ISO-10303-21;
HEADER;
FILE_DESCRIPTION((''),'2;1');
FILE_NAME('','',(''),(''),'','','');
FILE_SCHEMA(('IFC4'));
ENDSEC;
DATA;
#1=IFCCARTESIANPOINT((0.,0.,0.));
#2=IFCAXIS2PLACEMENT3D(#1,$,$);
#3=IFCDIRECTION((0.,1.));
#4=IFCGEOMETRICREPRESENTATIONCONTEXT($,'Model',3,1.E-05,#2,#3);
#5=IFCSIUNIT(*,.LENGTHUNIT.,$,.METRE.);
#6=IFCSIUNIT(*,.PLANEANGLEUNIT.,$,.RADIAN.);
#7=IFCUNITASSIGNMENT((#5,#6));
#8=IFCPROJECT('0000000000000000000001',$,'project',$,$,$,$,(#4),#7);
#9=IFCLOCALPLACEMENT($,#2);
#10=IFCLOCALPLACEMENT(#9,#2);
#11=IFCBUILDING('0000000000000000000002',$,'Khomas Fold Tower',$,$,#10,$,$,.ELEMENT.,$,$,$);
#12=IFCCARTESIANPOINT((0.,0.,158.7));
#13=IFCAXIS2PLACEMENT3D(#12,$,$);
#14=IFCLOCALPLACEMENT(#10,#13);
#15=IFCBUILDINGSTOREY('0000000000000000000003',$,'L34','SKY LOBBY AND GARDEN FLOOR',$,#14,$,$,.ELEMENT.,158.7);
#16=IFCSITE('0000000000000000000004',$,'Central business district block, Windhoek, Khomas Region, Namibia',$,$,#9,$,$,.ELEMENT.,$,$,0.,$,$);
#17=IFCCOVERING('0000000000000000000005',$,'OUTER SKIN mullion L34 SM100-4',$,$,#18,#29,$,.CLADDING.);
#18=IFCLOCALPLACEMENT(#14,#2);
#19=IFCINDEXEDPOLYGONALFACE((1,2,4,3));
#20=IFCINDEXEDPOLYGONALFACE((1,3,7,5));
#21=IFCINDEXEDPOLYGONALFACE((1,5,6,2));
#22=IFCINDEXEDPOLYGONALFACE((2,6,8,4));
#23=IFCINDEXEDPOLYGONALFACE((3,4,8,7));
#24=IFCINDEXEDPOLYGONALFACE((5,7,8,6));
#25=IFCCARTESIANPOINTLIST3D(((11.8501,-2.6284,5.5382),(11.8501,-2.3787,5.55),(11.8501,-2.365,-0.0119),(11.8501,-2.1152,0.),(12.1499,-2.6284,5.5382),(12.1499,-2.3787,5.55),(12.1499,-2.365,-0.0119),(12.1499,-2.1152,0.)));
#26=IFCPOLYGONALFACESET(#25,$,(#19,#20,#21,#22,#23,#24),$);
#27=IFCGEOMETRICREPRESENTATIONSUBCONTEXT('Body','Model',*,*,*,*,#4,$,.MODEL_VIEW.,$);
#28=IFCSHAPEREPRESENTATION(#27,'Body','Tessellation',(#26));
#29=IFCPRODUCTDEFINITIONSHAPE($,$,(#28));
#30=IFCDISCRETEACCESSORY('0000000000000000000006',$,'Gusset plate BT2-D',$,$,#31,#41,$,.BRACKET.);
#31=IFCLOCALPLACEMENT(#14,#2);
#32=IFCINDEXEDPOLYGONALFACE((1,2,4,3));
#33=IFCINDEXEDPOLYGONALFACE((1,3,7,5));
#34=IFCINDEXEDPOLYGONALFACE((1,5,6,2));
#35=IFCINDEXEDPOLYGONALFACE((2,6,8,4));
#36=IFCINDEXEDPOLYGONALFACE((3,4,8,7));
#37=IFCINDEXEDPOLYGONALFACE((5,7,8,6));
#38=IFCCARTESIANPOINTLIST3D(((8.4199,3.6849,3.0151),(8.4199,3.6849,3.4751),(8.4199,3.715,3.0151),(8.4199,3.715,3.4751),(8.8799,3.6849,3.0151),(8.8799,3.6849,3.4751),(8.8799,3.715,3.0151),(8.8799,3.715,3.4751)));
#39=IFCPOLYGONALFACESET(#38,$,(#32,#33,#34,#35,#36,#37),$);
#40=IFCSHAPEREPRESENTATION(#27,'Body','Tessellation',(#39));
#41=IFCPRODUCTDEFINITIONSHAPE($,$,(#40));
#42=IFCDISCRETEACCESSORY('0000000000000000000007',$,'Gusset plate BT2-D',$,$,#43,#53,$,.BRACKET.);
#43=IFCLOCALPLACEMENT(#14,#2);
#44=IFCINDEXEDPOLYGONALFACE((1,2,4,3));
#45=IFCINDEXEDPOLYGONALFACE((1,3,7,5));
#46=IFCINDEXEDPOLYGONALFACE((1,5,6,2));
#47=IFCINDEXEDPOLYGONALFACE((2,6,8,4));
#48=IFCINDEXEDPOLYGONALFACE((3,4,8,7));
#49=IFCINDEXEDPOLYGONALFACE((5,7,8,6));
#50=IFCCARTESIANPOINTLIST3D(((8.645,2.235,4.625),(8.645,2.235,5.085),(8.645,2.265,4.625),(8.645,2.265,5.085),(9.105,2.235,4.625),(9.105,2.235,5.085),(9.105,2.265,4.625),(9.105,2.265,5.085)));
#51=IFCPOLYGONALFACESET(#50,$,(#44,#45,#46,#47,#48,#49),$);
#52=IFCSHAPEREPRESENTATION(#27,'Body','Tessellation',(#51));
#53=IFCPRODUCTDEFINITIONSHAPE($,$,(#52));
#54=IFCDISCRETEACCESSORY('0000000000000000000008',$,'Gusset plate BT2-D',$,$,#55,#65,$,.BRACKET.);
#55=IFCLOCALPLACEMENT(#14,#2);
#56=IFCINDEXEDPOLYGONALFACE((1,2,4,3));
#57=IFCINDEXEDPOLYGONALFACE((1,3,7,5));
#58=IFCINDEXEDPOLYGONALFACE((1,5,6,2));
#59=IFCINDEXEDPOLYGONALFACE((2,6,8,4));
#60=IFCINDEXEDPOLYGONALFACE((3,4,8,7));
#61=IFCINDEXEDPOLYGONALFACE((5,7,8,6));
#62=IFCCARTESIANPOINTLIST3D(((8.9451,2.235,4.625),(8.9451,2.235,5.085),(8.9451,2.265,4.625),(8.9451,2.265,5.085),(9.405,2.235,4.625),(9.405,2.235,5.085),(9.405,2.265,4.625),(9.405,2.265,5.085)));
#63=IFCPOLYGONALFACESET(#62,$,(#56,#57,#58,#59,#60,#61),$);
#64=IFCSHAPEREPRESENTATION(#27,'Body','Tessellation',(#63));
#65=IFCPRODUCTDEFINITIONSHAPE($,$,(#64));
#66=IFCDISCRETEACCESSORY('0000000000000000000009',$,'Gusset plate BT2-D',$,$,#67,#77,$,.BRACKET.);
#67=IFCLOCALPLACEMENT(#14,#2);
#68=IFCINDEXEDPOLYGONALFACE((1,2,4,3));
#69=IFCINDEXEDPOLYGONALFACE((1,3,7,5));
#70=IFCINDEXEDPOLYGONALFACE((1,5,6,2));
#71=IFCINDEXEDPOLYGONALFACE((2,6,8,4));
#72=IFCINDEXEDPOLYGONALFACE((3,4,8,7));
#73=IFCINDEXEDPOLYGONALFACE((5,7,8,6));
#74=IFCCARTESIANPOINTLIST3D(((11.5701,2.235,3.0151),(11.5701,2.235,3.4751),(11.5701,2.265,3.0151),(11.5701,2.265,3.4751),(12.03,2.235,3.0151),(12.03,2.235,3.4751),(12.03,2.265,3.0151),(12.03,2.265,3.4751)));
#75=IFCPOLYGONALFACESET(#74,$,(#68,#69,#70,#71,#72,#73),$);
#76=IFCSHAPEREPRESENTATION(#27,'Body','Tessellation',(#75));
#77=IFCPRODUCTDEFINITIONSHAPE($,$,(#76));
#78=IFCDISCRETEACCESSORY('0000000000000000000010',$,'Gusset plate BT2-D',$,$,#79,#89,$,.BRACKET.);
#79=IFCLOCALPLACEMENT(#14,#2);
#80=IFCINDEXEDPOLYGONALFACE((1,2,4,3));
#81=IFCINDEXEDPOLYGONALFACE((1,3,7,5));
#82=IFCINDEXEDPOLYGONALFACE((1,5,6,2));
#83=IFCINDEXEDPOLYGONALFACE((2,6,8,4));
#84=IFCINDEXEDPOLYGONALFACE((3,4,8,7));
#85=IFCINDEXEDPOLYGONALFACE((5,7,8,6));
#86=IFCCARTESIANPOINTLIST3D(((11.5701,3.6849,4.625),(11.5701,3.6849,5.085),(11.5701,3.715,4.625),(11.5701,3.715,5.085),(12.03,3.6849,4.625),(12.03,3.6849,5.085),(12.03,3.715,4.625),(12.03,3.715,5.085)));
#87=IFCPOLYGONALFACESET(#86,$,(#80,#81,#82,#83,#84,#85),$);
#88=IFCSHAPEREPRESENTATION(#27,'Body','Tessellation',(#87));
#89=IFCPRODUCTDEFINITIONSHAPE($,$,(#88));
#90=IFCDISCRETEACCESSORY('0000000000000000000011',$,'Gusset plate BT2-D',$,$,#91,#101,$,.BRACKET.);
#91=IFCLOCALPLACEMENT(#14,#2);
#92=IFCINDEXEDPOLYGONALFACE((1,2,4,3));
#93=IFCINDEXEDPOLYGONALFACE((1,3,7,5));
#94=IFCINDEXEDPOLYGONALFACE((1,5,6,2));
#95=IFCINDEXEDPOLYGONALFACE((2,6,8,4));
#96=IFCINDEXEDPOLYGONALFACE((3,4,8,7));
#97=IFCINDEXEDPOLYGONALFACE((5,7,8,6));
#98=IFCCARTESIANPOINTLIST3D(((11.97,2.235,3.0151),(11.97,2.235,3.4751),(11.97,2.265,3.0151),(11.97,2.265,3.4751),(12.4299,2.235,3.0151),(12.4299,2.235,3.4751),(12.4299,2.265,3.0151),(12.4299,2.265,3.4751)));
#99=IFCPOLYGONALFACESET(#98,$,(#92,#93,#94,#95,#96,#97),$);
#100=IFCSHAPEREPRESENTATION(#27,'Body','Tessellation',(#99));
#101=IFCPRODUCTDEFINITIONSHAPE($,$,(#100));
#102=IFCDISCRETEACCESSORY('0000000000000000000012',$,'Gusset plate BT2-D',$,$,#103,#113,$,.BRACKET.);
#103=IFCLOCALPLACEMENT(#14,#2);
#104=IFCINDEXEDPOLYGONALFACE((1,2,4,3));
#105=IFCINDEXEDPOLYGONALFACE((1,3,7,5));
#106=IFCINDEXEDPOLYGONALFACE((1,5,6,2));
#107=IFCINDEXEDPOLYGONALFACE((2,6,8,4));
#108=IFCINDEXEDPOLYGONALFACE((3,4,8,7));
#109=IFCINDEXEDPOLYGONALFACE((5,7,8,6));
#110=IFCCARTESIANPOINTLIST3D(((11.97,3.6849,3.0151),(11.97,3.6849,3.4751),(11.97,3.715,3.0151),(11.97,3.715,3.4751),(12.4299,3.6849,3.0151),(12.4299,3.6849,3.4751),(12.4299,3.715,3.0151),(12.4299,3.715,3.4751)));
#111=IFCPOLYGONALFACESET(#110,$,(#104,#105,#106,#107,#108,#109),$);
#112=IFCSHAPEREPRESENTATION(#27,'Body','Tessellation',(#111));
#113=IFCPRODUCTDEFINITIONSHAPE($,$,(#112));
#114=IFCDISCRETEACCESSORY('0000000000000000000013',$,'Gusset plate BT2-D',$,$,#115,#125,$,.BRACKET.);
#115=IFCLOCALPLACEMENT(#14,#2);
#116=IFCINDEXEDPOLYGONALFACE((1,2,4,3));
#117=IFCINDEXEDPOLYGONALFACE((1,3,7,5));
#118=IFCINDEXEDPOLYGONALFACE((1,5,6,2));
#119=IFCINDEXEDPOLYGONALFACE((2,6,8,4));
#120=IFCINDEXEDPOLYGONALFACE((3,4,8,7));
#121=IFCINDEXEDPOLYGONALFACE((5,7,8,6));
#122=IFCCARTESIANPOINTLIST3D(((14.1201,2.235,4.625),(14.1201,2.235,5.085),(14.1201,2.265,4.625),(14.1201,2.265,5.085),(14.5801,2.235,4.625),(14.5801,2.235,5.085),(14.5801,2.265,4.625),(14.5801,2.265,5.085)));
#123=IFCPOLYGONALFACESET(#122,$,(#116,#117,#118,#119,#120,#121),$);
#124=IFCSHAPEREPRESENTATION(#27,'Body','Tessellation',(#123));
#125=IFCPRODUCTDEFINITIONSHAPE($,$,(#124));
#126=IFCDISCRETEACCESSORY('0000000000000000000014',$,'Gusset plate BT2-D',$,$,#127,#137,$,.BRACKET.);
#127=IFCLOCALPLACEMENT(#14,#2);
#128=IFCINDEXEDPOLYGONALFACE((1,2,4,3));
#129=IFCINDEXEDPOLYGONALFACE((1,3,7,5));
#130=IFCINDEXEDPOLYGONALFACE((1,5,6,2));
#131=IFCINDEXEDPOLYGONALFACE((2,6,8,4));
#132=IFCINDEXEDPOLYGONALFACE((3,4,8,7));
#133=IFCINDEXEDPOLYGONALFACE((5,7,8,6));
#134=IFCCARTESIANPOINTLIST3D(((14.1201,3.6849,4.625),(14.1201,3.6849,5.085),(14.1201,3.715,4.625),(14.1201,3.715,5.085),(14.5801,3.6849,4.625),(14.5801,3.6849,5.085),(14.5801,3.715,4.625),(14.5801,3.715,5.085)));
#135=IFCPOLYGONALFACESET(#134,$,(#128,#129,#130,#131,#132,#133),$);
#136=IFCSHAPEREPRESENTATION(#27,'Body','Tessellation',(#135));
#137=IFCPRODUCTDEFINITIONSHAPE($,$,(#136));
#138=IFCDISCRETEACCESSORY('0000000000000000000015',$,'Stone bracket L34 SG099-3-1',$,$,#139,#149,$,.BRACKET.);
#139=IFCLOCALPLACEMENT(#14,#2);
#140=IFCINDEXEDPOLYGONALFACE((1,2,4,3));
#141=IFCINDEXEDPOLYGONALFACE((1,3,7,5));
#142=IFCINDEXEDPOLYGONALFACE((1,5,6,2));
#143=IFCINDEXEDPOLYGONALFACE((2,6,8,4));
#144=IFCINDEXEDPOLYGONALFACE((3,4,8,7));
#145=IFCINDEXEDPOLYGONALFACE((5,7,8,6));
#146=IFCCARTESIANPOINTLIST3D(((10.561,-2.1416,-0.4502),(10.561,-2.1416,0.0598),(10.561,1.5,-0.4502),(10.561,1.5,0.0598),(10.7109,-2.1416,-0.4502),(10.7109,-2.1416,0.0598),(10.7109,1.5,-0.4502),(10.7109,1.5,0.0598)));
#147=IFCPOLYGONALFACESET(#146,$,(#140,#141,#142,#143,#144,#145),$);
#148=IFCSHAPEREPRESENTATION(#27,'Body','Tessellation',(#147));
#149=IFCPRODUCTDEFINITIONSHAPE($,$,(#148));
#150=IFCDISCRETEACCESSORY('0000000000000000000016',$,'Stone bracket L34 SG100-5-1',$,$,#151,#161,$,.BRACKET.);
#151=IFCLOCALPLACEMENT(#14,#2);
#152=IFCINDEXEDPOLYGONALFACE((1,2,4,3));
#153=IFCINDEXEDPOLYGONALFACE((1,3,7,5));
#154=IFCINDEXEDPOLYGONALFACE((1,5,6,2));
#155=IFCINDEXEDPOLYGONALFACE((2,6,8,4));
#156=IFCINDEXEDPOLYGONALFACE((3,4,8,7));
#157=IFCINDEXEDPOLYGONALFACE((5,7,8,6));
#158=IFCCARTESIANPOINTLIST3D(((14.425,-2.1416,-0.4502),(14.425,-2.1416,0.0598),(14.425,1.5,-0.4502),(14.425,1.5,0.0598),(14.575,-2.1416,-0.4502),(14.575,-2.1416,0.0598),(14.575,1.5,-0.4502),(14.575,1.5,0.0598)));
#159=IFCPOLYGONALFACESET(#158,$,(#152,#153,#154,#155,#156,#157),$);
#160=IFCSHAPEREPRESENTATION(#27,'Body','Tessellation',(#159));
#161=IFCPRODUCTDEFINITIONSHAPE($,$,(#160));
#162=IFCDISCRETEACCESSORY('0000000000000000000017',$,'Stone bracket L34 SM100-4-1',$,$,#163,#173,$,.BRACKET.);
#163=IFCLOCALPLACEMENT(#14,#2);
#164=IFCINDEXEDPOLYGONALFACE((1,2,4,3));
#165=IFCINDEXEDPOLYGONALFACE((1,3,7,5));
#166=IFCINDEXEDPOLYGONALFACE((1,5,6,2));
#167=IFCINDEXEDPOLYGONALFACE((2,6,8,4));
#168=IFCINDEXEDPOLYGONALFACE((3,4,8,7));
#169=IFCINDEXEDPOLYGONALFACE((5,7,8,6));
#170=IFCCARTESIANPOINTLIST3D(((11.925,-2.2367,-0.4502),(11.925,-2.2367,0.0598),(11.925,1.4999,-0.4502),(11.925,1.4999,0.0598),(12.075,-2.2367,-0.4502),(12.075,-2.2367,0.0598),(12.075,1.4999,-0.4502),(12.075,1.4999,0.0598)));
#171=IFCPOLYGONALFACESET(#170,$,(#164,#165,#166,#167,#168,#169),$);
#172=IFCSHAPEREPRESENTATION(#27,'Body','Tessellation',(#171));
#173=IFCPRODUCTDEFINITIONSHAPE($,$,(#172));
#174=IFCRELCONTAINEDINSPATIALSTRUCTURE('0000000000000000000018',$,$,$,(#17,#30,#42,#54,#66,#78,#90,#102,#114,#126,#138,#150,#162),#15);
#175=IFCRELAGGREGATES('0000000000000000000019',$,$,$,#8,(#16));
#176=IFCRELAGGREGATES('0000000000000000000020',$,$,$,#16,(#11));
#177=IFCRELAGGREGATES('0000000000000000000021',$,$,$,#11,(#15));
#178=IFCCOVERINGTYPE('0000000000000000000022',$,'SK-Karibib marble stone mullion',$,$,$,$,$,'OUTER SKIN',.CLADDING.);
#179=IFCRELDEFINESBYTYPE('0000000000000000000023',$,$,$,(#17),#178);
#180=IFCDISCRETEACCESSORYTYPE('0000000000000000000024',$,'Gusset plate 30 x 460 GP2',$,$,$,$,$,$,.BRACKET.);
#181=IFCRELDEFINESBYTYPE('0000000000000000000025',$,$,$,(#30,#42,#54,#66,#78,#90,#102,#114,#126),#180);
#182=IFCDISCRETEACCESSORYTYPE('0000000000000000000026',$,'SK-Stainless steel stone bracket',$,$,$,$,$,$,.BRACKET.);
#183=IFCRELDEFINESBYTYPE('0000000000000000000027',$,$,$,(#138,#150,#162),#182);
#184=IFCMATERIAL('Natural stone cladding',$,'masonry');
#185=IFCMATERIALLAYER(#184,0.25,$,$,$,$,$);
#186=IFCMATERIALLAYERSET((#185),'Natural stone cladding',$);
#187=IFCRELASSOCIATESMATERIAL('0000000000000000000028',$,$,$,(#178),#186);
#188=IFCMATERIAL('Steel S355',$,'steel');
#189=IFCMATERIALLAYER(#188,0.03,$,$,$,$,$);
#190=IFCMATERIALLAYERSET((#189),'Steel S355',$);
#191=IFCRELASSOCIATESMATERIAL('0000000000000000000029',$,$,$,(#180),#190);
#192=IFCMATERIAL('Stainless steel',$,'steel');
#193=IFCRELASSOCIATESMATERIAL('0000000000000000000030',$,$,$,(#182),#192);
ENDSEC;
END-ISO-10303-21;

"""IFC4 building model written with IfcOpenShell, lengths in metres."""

from ifc_helpers import new_model, si_unit, direction, frame, origin, origin_2d, place, context, subcontext, project, spatial, polyline, rectangle, outline, extrude, source, transform, mapped, material, layer, layer_set, type_object, element, save


model = new_model("IFC4")

# Units and contexts
model_context = context("Model", 3, precision=1e-05, world=origin(), true_north=direction((0.0, 1.0)))
body_context = subcontext(model_context, "Body", "Model", "MODEL_VIEW")
ifc_project = project(units=[si_unit("LENGTHUNIT", "METRE"), si_unit("PLANEANGLEUNIT", "RADIAN")], contexts=[model_context])

# Site, building, storey
site_placement = place(None, origin())
site = spatial("IfcSite", under=ifc_project, at=site_placement, Name="Central business district block, Windhoek, Khomas Region, Namibia", CompositionType="ELEMENT", RefElevation=0.0)
building_placement = place(site_placement, origin())
building = spatial("IfcBuilding", under=site, at=building_placement, Name="Khomas Fold Tower", CompositionType="ELEMENT")
storey_placement = place(building_placement, frame((0.0, 0.0, 158.7)))
storey = spatial("IfcBuildingStorey", under=building, at=storey_placement, Name="L34", Description="SKY LOBBY AND GARDEN FLOOR", CompositionType="ELEMENT", Elevation=158.7)

# Covering
ifc_material_1 = material(Name="Natural stone cladding", Category="masonry")
ifc_layer_1 = layer(ifc_material_1, 0.25)
ifc_layer_set_1 = layer_set([ifc_layer_1], Name="Natural stone cladding")
covering_type = type_object("IfcCoveringType", Name="SK-Karibib marble stone mullion", ElementType="OUTER SKIN", PredefinedType="CLADDING", material=ifc_layer_set_1)
covering_placement = place(storey_placement, frame((11.8501, -2.1152, 0.0), z_axis=(0.0, 0.998875, 0.047411), x_axis=(0.0, -0.047411, 0.998875)))
element("IfcCovering", 1, at=covering_placement, inside=storey, type_object=covering_type, Name="OUTER SKIN mullion L34 SM100-4", PredefinedType="CLADDING", context=body_context, shape_type="SweptSolid", body=[
    extrude(outline(polyline([(0.0, 0.0), (5.5563, 0.0), (5.5563, 0.2998), (0.0, 0.2998), (0.0, 0.0)])), origin(), (0.0, 0.0, -1.0), 0.25),
])

# Discrete accessories
ifc_material_2 = material(Name="Steel S355", Category="steel")
ifc_layer_2 = layer(ifc_material_2, 0.03)
ifc_layer_set_2 = layer_set([ifc_layer_2], Name="Steel S355")
discrete_accessory_type_1 = type_object("IfcDiscreteAccessoryType", Name="Gusset plate 30 x 460 GP2", PredefinedType="BRACKET", material=ifc_layer_set_2)
shared_shape_1 = source(origin(), body_context, "Body", "SweptSolid", [
    extrude(rectangle(XDim=0.46, YDim=0.03, at=origin_2d()), origin(), (0.0, 0.0, 1.0), 0.46),
])
for number, where, z_axis, x_axis, name in (
    (2, (8.6499, 3.7, 3.0151), (0.0, 0.0, 1.0), (1.0, 0.0, 0.0), "Gusset plate BT2-D"),
    (3, (8.875, 2.25, 4.625), (0.0, 0.0, 1.0), (1.0, 0.0, 0.0), "Gusset plate BT2-D"),
    (4, (9.175, 2.25, 4.625), (0.0, 0.0, 1.0), (1.0, 0.0, 0.0), "Gusset plate BT2-D"),
    (5, (11.8, 2.25, 3.0151), (0.0, 0.0, 1.0), (1.0, 0.0, 0.0), "Gusset plate BT2-D"),
    (6, (11.8, 3.7, 4.625), (0.0, 0.0, 1.0), (1.0, 0.0, 0.0), "Gusset plate BT2-D"),
    (7, (12.2, 2.25, 3.0151), (0.0, 0.0, 1.0), (1.0, 0.0, 0.0), "Gusset plate BT2-D"),
    (8, (12.2, 3.7, 3.0151), (0.0, 0.0, 1.0), (1.0, 0.0, 0.0), "Gusset plate BT2-D"),
    (9, (14.3501, 2.25, 4.625), (0.0, 0.0, 1.0), (1.0, 0.0, 0.0), "Gusset plate BT2-D"),
    (10, (14.3501, 3.7, 4.625), (0.0, 0.0, 1.0), (1.0, 0.0, 0.0), "Gusset plate BT2-D"),
):
    element("IfcDiscreteAccessory", number, at=place(storey_placement, frame(where, z_axis=z_axis, x_axis=x_axis)), inside=storey, type_object=discrete_accessory_type_1, Name=name, PredefinedType="BRACKET", context=body_context, shape_type="MappedRepresentation", body=[
        mapped(shared_shape_1, transform((0.0, 0.0, 0.0))),
    ])
ifc_material_3 = material(Name="Stainless steel", Category="steel")
discrete_accessory_type_2 = type_object("IfcDiscreteAccessoryType", Name="SK-Stainless steel stone bracket", PredefinedType="BRACKET", material=ifc_material_3)
shared_shape_2 = source(origin(), body_context, "Body", "SweptSolid", [
    extrude(rectangle(XDim=3.6416, YDim=0.1499, at=origin_2d()), origin(), (0.0, 0.0, 1.0), 0.51),
])
for number, where, z_axis, x_axis, name in (
    (11, (10.636, -0.3208, -0.4502), (0.0, 0.0, 1.0), (0.0, -1.0, 0.0), "Stone bracket L34 SG099-3-1"),
    (12, (14.5, -0.3208, -0.4502), (0.0, 0.0, 1.0), (0.0, -1.0, 0.0), "Stone bracket L34 SG100-5-1"),
):
    element("IfcDiscreteAccessory", number, at=place(storey_placement, frame(where, z_axis=z_axis, x_axis=x_axis)), inside=storey, type_object=discrete_accessory_type_2, Name=name, PredefinedType="BRACKET", context=body_context, shape_type="MappedRepresentation", body=[
        mapped(shared_shape_2, transform((0.0, 0.0, 0.0))),
    ])
shared_shape_3 = source(origin(), body_context, "Body", "SweptSolid", [
    extrude(rectangle(XDim=3.7366, YDim=0.1499, at=origin_2d()), origin(), (0.0, 0.0, 1.0), 0.51),
])
discrete_accessory_placement = place(storey_placement, frame((12.0, -0.3684, -0.4502), z_axis=(0.0, 0.0, 1.0), x_axis=(0.0, -1.0, 0.0)))
element("IfcDiscreteAccessory", 13, at=discrete_accessory_placement, inside=storey, type_object=discrete_accessory_type_2, Name="Stone bracket L34 SM100-4-1", PredefinedType="BRACKET", context=body_context, shape_type="MappedRepresentation", body=[
    mapped(shared_shape_3, transform((0.0, 0.0, 0.0))),
])

save(model, "model.ifc")
